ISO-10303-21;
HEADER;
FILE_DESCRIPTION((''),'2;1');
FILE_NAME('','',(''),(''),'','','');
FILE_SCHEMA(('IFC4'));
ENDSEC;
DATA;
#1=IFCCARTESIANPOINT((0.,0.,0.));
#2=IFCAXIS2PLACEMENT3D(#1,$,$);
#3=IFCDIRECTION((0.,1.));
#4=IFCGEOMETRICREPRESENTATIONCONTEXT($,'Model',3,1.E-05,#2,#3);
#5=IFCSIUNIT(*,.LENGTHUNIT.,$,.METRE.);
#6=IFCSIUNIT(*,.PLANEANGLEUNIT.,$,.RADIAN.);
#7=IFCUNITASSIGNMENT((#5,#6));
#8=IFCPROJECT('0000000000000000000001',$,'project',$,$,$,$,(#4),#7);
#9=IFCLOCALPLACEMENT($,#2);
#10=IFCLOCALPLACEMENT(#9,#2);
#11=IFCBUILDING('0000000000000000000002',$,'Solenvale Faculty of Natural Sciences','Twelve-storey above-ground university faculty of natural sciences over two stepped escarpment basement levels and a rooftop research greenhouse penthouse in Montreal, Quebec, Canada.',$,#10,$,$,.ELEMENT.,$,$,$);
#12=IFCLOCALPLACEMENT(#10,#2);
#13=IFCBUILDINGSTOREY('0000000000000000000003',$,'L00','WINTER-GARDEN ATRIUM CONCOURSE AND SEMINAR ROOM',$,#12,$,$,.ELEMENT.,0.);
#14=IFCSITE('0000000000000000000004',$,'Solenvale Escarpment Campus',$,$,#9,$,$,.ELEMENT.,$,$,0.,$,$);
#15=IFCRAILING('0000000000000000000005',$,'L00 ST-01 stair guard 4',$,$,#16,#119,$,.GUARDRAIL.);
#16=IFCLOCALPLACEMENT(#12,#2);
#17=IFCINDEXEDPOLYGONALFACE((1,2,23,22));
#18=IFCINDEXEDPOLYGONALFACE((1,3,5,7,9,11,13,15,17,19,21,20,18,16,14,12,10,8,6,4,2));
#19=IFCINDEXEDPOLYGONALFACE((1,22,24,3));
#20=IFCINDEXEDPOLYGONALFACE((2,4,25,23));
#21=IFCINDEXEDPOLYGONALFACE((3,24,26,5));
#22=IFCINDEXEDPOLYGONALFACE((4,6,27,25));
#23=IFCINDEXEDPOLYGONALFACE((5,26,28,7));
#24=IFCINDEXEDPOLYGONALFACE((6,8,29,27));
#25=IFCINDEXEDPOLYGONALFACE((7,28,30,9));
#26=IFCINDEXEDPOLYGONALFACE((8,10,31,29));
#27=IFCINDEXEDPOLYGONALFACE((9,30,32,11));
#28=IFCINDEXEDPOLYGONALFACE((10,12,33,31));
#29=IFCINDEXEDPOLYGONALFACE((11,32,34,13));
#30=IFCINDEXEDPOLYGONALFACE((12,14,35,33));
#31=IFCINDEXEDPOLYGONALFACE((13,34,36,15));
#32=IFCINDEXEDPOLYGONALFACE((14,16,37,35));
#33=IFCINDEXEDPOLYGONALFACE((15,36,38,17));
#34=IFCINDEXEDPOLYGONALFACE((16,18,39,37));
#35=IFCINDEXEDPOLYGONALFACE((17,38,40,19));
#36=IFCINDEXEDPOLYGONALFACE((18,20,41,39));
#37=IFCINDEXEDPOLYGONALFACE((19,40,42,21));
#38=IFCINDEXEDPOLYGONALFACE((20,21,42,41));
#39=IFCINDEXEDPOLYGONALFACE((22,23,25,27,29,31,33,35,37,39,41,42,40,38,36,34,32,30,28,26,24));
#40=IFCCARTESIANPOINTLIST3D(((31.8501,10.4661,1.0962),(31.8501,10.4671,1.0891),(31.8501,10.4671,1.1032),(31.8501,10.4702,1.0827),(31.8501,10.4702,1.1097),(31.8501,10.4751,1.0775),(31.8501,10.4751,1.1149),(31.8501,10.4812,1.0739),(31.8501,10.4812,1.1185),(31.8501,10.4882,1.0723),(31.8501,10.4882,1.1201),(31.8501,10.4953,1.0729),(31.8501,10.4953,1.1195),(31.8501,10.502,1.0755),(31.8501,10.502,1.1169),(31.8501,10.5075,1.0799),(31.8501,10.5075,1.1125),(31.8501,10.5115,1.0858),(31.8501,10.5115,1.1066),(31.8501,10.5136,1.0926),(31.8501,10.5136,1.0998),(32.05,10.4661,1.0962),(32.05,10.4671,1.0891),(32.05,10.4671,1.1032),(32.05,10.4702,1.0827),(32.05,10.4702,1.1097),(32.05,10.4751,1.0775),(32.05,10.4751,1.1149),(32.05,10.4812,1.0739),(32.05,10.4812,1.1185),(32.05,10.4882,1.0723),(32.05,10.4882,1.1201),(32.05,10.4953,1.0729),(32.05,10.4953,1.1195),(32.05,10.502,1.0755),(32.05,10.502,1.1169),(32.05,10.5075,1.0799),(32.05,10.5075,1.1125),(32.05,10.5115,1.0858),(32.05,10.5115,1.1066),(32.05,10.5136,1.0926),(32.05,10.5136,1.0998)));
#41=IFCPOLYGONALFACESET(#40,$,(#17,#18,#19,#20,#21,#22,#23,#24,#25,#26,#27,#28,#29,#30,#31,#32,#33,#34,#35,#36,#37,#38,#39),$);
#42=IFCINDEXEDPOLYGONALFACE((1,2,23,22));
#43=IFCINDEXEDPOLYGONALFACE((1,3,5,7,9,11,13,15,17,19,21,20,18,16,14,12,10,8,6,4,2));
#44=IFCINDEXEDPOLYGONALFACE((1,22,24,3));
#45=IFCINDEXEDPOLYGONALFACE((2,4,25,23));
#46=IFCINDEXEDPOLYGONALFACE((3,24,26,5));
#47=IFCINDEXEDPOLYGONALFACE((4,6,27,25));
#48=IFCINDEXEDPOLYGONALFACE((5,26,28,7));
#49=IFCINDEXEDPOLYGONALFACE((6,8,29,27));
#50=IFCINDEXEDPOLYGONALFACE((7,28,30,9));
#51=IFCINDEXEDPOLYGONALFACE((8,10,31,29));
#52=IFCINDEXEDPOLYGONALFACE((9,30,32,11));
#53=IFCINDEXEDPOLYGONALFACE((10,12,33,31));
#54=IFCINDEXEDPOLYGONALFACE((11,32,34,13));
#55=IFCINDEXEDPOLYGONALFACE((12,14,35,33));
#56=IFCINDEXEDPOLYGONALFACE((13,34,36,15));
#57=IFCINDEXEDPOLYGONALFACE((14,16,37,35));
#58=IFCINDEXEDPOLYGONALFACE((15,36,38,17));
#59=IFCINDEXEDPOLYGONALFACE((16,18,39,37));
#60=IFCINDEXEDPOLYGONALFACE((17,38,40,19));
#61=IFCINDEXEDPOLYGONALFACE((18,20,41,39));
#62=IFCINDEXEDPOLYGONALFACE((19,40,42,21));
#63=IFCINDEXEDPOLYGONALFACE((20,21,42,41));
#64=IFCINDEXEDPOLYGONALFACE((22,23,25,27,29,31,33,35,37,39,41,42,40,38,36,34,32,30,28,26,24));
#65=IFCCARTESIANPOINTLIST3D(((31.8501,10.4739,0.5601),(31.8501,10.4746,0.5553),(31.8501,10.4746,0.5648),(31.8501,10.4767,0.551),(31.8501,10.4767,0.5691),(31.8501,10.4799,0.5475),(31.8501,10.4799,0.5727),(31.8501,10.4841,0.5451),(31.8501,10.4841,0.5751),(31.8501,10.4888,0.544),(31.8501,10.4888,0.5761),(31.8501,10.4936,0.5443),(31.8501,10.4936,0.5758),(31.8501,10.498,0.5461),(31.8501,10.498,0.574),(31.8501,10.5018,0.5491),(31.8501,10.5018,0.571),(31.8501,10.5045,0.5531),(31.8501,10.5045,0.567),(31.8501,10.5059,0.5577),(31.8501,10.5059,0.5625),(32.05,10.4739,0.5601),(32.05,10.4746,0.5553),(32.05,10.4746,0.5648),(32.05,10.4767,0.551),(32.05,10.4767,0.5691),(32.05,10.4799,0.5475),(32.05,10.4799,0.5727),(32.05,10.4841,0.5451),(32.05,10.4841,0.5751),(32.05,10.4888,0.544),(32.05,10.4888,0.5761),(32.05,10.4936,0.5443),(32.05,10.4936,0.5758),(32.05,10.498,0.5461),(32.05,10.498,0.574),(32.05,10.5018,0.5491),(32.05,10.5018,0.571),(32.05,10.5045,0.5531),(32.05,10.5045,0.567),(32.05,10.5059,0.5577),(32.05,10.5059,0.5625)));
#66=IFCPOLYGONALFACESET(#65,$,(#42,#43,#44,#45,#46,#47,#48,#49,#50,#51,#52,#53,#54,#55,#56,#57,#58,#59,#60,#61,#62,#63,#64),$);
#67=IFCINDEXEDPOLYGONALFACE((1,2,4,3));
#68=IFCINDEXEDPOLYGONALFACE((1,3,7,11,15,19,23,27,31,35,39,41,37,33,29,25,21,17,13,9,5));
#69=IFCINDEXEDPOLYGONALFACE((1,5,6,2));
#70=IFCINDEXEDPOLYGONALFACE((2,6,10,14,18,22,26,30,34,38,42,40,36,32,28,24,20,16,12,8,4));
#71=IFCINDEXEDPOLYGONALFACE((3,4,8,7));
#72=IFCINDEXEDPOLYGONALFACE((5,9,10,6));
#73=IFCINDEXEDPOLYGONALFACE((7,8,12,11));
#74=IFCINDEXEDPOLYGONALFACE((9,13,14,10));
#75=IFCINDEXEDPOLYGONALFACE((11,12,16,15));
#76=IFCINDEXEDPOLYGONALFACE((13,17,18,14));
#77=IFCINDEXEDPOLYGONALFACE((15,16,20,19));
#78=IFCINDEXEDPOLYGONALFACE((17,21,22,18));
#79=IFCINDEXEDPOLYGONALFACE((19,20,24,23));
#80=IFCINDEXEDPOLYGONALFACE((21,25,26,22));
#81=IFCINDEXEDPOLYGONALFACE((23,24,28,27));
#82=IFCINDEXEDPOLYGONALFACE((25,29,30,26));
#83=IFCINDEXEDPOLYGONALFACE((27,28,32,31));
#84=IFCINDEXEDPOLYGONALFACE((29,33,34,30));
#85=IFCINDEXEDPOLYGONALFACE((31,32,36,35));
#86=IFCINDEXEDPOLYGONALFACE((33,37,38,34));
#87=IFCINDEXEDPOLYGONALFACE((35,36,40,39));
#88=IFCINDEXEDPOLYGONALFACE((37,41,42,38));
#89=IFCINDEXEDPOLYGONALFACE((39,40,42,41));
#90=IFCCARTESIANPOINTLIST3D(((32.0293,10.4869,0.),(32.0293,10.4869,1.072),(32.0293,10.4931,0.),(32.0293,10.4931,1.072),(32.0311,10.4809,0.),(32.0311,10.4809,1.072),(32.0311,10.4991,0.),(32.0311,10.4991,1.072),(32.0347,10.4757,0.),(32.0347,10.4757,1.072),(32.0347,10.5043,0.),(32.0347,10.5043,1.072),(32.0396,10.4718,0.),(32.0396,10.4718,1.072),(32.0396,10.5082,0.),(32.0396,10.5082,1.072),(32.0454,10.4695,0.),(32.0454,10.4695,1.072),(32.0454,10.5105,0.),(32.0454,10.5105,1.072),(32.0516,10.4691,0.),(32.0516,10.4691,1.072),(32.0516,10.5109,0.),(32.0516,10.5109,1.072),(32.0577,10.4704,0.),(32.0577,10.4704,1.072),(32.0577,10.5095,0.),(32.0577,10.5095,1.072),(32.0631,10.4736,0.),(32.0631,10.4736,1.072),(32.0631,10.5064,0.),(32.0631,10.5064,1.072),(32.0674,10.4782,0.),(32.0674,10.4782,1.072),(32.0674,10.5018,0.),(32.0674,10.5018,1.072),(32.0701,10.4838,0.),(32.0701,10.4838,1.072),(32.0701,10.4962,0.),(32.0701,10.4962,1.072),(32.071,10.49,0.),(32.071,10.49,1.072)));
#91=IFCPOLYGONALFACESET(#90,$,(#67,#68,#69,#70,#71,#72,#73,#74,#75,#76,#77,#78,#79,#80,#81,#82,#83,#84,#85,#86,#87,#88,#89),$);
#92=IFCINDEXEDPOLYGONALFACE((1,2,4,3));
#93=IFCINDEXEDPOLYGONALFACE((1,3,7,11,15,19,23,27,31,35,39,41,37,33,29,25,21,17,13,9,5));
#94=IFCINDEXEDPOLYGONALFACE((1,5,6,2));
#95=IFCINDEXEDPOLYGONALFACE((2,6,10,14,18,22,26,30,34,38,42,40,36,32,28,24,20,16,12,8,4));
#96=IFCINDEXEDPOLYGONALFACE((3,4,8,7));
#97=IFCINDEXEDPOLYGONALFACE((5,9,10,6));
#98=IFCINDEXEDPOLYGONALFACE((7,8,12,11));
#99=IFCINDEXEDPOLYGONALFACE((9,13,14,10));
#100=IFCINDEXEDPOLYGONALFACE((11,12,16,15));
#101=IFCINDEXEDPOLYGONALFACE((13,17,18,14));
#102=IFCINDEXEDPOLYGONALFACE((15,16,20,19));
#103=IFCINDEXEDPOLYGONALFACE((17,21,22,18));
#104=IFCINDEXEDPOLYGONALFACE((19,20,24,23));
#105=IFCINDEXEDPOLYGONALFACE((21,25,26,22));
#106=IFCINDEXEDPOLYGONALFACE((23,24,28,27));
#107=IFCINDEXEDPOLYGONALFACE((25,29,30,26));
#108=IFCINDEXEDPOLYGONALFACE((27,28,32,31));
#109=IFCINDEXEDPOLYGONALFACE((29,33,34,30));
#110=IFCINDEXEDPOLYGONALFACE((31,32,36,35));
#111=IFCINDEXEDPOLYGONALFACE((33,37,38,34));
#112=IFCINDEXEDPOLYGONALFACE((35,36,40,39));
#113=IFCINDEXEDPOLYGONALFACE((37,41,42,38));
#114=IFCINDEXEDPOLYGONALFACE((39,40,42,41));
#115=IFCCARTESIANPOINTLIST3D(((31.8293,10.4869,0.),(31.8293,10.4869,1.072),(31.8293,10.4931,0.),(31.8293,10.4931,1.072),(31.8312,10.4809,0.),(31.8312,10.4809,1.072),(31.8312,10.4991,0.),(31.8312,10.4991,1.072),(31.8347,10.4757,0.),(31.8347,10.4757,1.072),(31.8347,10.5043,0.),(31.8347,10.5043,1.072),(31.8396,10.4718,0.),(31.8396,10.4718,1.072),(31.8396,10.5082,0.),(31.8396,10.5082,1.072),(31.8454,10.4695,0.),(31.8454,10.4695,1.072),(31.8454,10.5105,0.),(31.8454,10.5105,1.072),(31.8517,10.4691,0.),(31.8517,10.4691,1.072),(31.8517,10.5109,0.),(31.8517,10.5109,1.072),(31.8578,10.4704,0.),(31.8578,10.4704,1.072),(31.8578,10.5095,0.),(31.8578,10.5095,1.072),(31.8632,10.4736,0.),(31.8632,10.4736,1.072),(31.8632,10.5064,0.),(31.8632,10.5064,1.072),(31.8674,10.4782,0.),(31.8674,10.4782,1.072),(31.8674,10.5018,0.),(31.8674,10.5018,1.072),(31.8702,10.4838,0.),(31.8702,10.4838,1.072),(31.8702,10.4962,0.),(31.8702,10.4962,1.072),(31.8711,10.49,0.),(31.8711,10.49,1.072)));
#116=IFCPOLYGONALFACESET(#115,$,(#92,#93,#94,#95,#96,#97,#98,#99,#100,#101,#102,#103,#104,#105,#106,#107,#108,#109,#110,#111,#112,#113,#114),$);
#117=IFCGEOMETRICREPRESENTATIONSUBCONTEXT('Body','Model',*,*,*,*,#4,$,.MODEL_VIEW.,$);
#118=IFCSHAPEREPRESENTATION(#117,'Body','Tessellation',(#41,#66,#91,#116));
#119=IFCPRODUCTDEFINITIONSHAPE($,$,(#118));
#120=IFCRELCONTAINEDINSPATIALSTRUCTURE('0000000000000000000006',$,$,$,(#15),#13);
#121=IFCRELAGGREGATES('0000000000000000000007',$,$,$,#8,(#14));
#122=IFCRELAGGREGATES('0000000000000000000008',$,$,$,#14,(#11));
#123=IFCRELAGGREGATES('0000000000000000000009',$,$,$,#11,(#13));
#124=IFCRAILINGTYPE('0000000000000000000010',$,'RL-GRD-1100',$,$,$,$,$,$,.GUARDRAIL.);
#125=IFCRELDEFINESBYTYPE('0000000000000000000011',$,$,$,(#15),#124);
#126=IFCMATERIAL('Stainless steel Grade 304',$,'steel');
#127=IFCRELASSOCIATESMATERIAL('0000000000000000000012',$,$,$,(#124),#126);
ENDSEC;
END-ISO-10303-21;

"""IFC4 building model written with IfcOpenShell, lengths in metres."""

from ifc_helpers import new_model, si_unit, direction, frame, origin, origin_2d, place, context, subcontext, project, spatial, circle, extrude, material, type_object, element, save


model = new_model("IFC4")

# Units and contexts
model_context = context("Model", 3, precision=1e-05, world=origin(), true_north=direction((0.0, 1.0)))
body_context = subcontext(model_context, "Body", "Model", "MODEL_VIEW")
ifc_project = project(units=[si_unit("LENGTHUNIT", "METRE"), si_unit("PLANEANGLEUNIT", "RADIAN")], contexts=[model_context])

# Site, building, storey
site_placement = place(None, origin())
site = spatial("IfcSite", under=ifc_project, at=site_placement, Name="Solenvale Escarpment Campus", CompositionType="ELEMENT", RefElevation=0.0)
building_placement = place(site_placement, origin())
building = spatial("IfcBuilding", under=site, at=building_placement, Name="Solenvale Faculty of Natural Sciences", Description="Twelve-storey above-ground university faculty of natural sciences over two stepped escarpment basement levels and a rooftop research greenhouse penthouse in Montreal, Quebec, Canada.", CompositionType="ELEMENT")
storey_placement = place(building_placement, origin())
storey = spatial("IfcBuildingStorey", under=building, at=storey_placement, Name="L00", Description="WINTER-GARDEN ATRIUM CONCOURSE AND SEMINAR ROOM", CompositionType="ELEMENT", Elevation=0.0)

# Railing
ifc_material_1 = material(Name="Stainless steel Grade 304", Category="steel")
railing_type_1 = type_object("IfcRailingType", Name="RL-GRD-1100", PredefinedType="GUARDRAIL", material=ifc_material_1)
railing_1_placement = place(storey_placement, frame((32.05, 10.49, 0.0)))
element("IfcRailing", 1, at=railing_1_placement, inside=storey, type_object=railing_type_1, Name="L00 ST-01 stair guard 4", PredefinedType="GUARDRAIL", context=body_context, shape_type="SweptSolid", body=[
    extrude(circle(Radius=0.0239, at=origin_2d()), frame((0.0, 0.0, 1.0962), z_axis=(-1.0, 0.0, 0.0), x_axis=(0.0, -1.0, 0.0)), (0.0, 0.0, 1.0), 0.2),
    extrude(circle(Radius=0.0161, at=origin_2d()), frame((0.0, 0.0, 0.5601), z_axis=(-1.0, 0.0, 0.0), x_axis=(0.0, -1.0, 0.0)), (0.0, 0.0, 1.0), 0.2),
    extrude(circle(Radius=0.021, at=origin_2d()), origin(), (0.0, 0.0, 1.0), 1.072),
    extrude(circle(Radius=0.021, at=origin_2d()), frame((-0.2, 0.0, 0.0)), (0.0, 0.0, 1.0), 1.072),
])

save(model, "model.ifc")
